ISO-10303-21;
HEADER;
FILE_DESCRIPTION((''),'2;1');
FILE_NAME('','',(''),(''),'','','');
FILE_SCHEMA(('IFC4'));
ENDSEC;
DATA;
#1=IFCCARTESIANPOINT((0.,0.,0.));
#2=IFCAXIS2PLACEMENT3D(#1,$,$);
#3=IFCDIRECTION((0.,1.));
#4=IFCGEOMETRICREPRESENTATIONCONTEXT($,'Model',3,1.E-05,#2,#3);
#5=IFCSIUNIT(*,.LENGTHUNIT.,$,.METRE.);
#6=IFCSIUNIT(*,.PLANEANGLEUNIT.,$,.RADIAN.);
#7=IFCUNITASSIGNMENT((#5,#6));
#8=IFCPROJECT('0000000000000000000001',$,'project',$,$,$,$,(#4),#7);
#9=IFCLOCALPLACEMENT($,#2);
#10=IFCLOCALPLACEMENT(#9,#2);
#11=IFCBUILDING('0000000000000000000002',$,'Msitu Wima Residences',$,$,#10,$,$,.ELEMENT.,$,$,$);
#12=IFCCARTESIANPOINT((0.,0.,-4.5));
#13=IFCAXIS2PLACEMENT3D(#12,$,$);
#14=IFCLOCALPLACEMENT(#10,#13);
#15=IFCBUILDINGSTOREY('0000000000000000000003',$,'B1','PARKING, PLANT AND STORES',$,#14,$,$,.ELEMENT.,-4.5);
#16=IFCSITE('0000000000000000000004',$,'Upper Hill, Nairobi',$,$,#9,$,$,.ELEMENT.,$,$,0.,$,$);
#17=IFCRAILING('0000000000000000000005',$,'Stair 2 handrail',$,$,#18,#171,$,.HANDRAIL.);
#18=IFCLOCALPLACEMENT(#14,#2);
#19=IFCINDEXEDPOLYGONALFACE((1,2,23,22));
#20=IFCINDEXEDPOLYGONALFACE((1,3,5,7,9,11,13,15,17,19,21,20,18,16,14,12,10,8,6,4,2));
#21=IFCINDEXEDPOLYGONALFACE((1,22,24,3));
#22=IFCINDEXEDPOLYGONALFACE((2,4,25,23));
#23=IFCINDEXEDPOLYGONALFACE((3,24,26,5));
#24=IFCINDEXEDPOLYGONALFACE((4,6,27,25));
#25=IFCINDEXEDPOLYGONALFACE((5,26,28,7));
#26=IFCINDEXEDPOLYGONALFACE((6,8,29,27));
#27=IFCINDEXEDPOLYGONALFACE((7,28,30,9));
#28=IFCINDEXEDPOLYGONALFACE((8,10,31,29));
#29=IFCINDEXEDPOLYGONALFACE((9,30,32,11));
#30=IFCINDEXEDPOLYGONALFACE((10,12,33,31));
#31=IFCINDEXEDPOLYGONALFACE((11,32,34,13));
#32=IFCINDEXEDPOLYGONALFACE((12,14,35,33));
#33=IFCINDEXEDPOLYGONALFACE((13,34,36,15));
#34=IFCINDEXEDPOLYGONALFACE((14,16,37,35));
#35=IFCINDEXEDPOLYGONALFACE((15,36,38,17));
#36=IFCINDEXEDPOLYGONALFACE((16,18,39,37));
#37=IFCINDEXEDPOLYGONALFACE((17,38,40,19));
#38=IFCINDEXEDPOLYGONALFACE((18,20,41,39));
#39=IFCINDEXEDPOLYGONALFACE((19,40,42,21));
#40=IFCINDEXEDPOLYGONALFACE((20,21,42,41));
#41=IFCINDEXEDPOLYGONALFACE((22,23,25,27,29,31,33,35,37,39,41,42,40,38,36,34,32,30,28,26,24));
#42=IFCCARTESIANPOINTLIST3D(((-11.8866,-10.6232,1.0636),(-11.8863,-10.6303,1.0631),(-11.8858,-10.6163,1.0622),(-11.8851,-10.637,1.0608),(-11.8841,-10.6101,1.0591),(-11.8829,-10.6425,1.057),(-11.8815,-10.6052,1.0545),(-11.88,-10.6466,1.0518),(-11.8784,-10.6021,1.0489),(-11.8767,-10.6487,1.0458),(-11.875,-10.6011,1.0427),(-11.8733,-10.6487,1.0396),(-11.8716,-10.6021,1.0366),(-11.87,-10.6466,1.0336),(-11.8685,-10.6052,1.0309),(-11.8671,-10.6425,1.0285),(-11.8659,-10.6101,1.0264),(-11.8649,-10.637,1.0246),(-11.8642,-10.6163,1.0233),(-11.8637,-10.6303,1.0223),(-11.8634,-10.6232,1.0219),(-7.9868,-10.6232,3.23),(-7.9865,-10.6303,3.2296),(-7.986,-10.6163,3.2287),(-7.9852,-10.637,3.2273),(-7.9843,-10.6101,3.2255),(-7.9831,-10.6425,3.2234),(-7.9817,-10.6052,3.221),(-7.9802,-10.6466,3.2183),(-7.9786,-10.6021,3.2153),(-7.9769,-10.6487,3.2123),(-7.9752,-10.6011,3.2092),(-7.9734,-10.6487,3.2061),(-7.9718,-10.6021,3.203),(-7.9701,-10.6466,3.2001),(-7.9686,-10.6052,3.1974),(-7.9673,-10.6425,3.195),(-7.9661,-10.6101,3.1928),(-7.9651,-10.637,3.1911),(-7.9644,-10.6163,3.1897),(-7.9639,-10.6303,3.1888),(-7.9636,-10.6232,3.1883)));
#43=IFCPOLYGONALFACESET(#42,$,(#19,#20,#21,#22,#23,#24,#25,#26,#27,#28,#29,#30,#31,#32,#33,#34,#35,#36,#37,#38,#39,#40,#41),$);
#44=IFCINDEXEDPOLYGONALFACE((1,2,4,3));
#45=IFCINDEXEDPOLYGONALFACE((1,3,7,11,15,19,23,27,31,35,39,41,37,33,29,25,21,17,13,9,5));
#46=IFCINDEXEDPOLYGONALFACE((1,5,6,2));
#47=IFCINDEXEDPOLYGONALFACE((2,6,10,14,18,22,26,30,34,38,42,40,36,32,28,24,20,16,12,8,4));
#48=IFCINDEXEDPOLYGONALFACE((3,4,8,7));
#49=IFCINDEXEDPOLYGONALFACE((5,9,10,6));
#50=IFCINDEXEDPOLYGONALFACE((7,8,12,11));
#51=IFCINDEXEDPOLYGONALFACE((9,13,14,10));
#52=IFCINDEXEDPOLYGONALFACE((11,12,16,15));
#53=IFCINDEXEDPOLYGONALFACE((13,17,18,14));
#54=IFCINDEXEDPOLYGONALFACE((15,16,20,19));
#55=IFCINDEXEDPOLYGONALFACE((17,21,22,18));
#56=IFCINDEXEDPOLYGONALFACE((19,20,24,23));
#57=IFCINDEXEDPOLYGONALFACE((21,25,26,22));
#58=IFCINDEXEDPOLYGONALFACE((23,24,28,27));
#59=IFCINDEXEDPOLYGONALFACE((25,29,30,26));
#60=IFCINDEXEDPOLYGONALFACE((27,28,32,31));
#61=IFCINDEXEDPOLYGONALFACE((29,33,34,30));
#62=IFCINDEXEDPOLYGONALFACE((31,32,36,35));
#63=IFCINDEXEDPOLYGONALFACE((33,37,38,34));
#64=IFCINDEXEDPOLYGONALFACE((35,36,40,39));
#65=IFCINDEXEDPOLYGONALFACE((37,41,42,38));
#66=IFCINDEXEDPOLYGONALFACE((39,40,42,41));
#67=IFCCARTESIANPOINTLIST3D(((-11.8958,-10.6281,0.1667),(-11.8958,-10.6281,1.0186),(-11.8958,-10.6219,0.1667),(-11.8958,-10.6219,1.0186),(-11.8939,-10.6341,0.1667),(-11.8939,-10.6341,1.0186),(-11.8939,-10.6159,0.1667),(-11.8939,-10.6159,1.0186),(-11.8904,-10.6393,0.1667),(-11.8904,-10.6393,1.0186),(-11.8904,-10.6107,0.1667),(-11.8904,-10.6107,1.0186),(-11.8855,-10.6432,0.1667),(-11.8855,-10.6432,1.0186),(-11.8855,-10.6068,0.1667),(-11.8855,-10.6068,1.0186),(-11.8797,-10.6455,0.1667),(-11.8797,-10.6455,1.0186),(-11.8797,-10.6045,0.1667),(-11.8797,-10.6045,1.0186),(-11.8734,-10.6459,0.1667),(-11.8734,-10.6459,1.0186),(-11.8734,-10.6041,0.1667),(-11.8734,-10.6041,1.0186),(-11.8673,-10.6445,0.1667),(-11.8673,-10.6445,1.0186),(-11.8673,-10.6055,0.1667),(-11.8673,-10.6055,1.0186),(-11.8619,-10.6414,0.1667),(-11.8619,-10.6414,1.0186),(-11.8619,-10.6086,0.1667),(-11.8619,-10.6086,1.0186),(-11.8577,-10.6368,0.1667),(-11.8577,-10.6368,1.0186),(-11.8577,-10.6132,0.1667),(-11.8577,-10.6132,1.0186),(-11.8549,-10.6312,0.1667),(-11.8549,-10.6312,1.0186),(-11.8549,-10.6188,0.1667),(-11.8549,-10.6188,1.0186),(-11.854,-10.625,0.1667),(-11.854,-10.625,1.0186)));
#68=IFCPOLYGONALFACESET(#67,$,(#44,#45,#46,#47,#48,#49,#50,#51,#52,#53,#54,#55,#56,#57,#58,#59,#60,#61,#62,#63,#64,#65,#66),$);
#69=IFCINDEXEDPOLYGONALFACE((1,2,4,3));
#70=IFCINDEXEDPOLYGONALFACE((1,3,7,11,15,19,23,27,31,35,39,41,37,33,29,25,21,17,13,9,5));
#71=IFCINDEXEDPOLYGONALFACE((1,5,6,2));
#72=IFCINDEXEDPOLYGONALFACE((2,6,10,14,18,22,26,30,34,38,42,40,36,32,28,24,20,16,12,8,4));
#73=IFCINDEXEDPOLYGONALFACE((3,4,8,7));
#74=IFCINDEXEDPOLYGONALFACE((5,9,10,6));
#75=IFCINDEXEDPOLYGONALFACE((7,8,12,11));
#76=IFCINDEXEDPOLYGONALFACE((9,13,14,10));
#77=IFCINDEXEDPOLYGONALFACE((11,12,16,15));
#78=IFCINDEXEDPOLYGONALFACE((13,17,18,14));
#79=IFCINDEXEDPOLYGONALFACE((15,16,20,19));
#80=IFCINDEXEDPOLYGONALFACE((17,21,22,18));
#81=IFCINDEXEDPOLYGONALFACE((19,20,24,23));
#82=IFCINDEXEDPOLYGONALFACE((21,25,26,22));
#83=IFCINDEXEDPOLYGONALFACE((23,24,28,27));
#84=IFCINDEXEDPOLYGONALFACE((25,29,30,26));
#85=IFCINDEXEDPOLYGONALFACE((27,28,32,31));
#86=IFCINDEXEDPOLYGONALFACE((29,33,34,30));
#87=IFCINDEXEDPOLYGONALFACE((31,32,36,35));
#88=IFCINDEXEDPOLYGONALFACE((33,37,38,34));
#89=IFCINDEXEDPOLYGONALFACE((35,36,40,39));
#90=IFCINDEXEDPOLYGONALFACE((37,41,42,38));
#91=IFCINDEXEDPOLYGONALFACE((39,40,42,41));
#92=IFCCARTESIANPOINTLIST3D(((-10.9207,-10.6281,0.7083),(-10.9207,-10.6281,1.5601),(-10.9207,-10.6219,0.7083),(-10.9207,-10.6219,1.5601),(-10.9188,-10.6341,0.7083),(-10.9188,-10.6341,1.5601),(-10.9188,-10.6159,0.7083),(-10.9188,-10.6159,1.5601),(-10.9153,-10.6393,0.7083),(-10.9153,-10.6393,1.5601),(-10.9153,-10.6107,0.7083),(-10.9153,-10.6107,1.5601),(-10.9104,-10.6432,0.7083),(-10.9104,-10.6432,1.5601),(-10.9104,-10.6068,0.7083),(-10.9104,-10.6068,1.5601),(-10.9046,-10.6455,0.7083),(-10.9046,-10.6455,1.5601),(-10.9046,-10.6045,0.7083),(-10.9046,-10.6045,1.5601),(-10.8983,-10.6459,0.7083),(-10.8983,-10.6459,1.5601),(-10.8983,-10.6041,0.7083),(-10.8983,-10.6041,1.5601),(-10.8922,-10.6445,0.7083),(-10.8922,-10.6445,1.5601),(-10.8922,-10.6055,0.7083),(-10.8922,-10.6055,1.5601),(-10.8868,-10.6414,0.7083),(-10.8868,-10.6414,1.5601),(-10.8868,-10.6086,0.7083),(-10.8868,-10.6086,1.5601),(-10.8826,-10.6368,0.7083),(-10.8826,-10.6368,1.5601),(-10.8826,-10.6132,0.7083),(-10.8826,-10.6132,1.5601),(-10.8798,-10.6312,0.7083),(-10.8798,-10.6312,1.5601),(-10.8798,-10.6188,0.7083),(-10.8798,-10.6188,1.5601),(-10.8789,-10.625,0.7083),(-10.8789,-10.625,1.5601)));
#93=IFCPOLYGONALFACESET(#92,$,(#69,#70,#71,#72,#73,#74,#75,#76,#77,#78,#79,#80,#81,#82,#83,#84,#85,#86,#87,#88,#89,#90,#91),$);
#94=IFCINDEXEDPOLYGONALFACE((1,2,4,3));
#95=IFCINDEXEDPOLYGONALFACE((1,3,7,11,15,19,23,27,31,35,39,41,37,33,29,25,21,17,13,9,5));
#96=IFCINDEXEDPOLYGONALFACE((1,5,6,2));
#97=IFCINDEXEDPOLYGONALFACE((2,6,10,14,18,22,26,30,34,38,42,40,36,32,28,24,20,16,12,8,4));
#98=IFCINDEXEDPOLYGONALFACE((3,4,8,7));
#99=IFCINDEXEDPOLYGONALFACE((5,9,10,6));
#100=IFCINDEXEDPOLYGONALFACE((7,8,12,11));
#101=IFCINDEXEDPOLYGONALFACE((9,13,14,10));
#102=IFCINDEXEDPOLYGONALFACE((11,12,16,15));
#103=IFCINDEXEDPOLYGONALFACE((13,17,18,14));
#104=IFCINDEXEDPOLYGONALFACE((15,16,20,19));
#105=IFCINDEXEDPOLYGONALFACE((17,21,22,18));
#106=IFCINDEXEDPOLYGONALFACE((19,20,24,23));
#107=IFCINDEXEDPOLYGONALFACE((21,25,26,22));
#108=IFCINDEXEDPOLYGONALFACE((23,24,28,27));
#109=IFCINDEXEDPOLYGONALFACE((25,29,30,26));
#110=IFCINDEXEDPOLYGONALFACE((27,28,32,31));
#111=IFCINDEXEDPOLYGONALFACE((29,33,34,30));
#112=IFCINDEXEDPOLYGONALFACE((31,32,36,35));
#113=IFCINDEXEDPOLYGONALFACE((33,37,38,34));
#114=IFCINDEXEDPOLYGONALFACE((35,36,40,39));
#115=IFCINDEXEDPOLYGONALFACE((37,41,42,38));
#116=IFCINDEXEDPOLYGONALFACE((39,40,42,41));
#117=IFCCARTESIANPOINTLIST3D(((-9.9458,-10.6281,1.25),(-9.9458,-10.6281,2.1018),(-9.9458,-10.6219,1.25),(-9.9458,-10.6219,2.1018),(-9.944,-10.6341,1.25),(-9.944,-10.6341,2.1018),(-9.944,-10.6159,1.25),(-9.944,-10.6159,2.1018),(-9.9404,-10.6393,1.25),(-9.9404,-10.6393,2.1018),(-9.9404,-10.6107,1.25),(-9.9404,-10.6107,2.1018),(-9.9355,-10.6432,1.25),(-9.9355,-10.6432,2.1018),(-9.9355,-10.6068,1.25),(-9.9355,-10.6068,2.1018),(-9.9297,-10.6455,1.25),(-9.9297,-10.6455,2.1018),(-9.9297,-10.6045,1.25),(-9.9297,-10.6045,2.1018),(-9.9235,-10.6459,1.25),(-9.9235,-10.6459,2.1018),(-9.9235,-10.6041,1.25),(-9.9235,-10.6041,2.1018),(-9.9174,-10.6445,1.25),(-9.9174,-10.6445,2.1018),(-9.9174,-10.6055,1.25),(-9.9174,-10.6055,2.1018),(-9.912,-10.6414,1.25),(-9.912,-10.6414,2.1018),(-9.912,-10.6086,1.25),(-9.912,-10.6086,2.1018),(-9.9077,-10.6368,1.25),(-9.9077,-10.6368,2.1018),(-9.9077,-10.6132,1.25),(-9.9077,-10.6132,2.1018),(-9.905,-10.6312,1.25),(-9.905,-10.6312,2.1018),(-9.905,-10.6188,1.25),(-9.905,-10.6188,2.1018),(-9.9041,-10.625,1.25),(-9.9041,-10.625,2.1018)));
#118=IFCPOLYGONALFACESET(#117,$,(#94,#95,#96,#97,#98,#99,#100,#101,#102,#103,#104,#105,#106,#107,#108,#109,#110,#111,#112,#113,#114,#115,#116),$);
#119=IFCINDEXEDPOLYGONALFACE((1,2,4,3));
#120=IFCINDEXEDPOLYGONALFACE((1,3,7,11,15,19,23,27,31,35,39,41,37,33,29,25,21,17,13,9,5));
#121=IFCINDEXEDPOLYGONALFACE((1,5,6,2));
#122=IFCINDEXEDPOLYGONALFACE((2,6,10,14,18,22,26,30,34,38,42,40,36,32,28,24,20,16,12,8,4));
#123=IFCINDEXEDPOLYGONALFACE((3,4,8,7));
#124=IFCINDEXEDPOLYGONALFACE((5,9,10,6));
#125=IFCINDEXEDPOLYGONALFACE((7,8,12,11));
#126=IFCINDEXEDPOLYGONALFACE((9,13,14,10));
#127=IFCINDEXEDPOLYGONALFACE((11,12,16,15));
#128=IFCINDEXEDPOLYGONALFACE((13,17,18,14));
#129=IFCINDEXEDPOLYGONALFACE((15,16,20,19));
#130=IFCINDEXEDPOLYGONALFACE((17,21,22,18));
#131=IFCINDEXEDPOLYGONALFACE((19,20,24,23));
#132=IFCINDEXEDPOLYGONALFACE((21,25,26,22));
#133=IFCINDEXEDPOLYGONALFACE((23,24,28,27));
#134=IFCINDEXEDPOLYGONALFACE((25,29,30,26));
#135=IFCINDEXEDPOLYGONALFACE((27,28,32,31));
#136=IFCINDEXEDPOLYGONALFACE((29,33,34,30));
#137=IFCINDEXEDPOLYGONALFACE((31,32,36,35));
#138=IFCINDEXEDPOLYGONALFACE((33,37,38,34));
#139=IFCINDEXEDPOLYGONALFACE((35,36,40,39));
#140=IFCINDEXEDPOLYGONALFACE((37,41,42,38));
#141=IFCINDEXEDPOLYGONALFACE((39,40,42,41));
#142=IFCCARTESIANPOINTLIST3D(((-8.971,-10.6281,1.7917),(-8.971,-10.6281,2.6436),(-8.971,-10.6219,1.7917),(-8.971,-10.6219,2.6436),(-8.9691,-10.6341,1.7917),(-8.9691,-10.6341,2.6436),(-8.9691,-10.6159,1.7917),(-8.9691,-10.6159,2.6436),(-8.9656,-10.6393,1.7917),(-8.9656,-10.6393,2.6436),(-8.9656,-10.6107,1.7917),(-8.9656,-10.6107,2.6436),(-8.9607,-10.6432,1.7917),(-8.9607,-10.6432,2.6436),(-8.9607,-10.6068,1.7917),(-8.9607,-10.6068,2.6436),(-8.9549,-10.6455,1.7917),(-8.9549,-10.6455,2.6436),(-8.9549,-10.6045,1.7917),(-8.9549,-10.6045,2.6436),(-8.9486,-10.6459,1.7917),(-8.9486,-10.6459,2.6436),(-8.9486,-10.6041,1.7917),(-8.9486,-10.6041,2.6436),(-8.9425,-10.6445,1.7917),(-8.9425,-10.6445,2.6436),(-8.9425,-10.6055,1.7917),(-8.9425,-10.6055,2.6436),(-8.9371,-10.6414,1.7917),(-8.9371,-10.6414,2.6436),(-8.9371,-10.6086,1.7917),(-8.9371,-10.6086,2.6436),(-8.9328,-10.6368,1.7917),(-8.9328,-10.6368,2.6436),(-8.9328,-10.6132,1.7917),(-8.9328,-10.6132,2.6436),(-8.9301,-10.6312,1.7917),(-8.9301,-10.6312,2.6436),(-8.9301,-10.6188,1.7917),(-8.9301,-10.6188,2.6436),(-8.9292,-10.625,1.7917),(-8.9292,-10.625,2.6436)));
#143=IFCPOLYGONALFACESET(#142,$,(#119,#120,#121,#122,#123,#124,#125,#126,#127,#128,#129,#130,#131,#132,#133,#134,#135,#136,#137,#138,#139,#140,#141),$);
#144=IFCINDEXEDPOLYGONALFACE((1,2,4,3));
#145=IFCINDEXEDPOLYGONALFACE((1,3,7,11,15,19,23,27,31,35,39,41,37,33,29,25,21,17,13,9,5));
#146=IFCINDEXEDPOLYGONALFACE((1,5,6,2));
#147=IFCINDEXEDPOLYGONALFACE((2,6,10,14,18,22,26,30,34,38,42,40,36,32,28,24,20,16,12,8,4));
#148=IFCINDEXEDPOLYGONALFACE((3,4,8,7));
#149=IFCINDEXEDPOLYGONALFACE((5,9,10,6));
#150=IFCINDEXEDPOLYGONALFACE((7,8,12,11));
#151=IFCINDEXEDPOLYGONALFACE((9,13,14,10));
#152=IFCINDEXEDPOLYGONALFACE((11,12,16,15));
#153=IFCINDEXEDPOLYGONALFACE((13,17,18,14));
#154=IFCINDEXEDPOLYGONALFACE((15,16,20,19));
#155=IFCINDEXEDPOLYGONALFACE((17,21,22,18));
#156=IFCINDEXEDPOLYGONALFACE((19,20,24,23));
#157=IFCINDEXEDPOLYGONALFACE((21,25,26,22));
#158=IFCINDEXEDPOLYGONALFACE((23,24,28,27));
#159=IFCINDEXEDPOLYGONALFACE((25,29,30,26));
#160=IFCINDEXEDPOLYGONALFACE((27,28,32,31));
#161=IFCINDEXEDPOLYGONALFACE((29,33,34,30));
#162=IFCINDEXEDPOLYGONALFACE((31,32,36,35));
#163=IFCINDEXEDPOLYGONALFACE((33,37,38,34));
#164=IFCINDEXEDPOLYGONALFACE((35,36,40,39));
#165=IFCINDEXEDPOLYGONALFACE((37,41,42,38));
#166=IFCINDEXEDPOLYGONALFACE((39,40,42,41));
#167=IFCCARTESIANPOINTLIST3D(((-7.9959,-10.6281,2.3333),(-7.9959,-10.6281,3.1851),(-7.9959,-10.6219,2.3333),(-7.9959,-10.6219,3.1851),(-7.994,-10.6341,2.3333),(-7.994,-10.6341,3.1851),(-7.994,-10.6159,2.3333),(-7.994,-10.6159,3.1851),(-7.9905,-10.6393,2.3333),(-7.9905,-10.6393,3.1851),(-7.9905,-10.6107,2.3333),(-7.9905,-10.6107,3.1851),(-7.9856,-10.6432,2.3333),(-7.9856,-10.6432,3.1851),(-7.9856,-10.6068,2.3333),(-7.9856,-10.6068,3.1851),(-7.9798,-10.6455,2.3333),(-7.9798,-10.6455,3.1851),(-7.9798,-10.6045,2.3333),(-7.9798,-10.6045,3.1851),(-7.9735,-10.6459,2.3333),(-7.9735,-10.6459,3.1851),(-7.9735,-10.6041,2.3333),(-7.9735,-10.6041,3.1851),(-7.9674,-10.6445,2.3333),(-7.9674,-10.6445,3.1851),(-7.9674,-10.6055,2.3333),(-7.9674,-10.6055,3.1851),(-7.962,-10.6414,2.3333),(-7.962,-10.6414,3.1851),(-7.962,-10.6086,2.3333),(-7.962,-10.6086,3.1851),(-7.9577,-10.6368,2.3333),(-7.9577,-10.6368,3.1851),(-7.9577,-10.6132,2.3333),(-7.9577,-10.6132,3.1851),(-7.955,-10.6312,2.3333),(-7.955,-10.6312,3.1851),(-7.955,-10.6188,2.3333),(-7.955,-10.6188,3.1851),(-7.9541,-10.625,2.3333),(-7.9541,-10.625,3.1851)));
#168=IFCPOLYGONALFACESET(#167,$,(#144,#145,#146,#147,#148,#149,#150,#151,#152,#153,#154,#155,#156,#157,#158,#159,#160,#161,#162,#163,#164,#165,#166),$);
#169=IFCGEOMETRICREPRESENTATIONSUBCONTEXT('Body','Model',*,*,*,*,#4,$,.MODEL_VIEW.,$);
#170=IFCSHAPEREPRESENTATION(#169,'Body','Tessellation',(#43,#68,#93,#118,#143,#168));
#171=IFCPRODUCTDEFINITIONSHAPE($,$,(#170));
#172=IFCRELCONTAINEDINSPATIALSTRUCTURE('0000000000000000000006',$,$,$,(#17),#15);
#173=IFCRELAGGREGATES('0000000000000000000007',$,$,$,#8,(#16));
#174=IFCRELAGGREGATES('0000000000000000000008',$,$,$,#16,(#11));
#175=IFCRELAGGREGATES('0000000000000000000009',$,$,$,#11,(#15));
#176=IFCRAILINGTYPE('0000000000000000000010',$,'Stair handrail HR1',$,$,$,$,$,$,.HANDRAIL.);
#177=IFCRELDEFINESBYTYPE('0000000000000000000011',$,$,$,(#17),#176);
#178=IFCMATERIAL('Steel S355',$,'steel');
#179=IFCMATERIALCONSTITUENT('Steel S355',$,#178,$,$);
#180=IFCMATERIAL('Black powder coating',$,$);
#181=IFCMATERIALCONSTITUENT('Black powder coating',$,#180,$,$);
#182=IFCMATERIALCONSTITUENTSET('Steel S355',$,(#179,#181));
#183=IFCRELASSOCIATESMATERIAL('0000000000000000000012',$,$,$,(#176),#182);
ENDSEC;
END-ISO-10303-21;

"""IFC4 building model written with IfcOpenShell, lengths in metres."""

from ifc_helpers import new_model, si_unit, direction, frame, origin, origin_2d, place, context, subcontext, project, spatial, circle, extrude, material, constituent, constituent_set, type_object, element, save


model = new_model("IFC4")

# Units and contexts
model_context = context("Model", 3, precision=1e-05, world=origin(), true_north=direction((0.0, 1.0)))
body_context = subcontext(model_context, "Body", "Model", "MODEL_VIEW")
ifc_project = project(units=[si_unit("LENGTHUNIT", "METRE"), si_unit("PLANEANGLEUNIT", "RADIAN")], contexts=[model_context])

# Site, building, storey
site_placement = place(None, origin())
site = spatial("IfcSite", under=ifc_project, at=site_placement, Name="Upper Hill, Nairobi", CompositionType="ELEMENT", RefElevation=0.0)
building_placement = place(site_placement, origin())
building = spatial("IfcBuilding", under=site, at=building_placement, Name="Msitu Wima Residences", CompositionType="ELEMENT")
storey_placement = place(building_placement, frame((0.0, 0.0, -4.5)))
storey = spatial("IfcBuildingStorey", under=building, at=storey_placement, Name="B1", Description="PARKING, PLANT AND STORES", CompositionType="ELEMENT", Elevation=-4.5)

# Railing
ifc_material_1 = material(Name="Steel S355", Category="steel")
ifc_constituent_1 = constituent(ifc_material_1, Name="Steel S355")
ifc_material_2 = material(Name="Black powder coating")
ifc_constituent_2 = constituent(ifc_material_2, Name="Black powder coating")
ifc_constituent_set = constituent_set(constituents=[ifc_constituent_1, ifc_constituent_2], Name="Steel S355")
railing_type = type_object("IfcRailingType", Name="Stair handrail HR1", PredefinedType="HANDRAIL", material=ifc_constituent_set)
for number, where, name in (
    (1, (-11.875, -10.625, 0.1667), "Stair 2 handrail"),
):
    element("IfcRailing", number, at=place(storey_placement, frame(where)), inside=storey, type_object=railing_type, Name=name, PredefinedType="HANDRAIL", context=body_context, shape_type="SweptSolid", body=[
        extrude(circle(Radius=0.0239, at=origin_2d()), frame((0.0, 0.0, 0.876), z_axis=(0.874168, 0.0, 0.485624), x_axis=(0.0, 1.0, 0.0)), (0.0, 0.0, 1.0), 4.4612),
        extrude(circle(Radius=0.021, at=origin_2d()), origin(), (0.0, 0.0, 1.0), 0.8518),
        extrude(circle(Radius=0.021, at=origin_2d()), frame((0.9751, 0.0, 0.5415)), (0.0, 0.0, 1.0), 0.8518),
        extrude(circle(Radius=0.021, at=origin_2d()), frame((1.95, 0.0, 1.0833)), (0.0, 0.0, 1.0), 0.8518),
        extrude(circle(Radius=0.021, at=origin_2d()), frame((2.9248, 0.0, 1.625)), (0.0, 0.0, 1.0), 0.8518),
        extrude(circle(Radius=0.021, at=origin_2d()), frame((3.8999, 0.0, 2.1665)), (0.0, 0.0, 1.0), 0.8518),
    ])

save(model, "model.ifc")
